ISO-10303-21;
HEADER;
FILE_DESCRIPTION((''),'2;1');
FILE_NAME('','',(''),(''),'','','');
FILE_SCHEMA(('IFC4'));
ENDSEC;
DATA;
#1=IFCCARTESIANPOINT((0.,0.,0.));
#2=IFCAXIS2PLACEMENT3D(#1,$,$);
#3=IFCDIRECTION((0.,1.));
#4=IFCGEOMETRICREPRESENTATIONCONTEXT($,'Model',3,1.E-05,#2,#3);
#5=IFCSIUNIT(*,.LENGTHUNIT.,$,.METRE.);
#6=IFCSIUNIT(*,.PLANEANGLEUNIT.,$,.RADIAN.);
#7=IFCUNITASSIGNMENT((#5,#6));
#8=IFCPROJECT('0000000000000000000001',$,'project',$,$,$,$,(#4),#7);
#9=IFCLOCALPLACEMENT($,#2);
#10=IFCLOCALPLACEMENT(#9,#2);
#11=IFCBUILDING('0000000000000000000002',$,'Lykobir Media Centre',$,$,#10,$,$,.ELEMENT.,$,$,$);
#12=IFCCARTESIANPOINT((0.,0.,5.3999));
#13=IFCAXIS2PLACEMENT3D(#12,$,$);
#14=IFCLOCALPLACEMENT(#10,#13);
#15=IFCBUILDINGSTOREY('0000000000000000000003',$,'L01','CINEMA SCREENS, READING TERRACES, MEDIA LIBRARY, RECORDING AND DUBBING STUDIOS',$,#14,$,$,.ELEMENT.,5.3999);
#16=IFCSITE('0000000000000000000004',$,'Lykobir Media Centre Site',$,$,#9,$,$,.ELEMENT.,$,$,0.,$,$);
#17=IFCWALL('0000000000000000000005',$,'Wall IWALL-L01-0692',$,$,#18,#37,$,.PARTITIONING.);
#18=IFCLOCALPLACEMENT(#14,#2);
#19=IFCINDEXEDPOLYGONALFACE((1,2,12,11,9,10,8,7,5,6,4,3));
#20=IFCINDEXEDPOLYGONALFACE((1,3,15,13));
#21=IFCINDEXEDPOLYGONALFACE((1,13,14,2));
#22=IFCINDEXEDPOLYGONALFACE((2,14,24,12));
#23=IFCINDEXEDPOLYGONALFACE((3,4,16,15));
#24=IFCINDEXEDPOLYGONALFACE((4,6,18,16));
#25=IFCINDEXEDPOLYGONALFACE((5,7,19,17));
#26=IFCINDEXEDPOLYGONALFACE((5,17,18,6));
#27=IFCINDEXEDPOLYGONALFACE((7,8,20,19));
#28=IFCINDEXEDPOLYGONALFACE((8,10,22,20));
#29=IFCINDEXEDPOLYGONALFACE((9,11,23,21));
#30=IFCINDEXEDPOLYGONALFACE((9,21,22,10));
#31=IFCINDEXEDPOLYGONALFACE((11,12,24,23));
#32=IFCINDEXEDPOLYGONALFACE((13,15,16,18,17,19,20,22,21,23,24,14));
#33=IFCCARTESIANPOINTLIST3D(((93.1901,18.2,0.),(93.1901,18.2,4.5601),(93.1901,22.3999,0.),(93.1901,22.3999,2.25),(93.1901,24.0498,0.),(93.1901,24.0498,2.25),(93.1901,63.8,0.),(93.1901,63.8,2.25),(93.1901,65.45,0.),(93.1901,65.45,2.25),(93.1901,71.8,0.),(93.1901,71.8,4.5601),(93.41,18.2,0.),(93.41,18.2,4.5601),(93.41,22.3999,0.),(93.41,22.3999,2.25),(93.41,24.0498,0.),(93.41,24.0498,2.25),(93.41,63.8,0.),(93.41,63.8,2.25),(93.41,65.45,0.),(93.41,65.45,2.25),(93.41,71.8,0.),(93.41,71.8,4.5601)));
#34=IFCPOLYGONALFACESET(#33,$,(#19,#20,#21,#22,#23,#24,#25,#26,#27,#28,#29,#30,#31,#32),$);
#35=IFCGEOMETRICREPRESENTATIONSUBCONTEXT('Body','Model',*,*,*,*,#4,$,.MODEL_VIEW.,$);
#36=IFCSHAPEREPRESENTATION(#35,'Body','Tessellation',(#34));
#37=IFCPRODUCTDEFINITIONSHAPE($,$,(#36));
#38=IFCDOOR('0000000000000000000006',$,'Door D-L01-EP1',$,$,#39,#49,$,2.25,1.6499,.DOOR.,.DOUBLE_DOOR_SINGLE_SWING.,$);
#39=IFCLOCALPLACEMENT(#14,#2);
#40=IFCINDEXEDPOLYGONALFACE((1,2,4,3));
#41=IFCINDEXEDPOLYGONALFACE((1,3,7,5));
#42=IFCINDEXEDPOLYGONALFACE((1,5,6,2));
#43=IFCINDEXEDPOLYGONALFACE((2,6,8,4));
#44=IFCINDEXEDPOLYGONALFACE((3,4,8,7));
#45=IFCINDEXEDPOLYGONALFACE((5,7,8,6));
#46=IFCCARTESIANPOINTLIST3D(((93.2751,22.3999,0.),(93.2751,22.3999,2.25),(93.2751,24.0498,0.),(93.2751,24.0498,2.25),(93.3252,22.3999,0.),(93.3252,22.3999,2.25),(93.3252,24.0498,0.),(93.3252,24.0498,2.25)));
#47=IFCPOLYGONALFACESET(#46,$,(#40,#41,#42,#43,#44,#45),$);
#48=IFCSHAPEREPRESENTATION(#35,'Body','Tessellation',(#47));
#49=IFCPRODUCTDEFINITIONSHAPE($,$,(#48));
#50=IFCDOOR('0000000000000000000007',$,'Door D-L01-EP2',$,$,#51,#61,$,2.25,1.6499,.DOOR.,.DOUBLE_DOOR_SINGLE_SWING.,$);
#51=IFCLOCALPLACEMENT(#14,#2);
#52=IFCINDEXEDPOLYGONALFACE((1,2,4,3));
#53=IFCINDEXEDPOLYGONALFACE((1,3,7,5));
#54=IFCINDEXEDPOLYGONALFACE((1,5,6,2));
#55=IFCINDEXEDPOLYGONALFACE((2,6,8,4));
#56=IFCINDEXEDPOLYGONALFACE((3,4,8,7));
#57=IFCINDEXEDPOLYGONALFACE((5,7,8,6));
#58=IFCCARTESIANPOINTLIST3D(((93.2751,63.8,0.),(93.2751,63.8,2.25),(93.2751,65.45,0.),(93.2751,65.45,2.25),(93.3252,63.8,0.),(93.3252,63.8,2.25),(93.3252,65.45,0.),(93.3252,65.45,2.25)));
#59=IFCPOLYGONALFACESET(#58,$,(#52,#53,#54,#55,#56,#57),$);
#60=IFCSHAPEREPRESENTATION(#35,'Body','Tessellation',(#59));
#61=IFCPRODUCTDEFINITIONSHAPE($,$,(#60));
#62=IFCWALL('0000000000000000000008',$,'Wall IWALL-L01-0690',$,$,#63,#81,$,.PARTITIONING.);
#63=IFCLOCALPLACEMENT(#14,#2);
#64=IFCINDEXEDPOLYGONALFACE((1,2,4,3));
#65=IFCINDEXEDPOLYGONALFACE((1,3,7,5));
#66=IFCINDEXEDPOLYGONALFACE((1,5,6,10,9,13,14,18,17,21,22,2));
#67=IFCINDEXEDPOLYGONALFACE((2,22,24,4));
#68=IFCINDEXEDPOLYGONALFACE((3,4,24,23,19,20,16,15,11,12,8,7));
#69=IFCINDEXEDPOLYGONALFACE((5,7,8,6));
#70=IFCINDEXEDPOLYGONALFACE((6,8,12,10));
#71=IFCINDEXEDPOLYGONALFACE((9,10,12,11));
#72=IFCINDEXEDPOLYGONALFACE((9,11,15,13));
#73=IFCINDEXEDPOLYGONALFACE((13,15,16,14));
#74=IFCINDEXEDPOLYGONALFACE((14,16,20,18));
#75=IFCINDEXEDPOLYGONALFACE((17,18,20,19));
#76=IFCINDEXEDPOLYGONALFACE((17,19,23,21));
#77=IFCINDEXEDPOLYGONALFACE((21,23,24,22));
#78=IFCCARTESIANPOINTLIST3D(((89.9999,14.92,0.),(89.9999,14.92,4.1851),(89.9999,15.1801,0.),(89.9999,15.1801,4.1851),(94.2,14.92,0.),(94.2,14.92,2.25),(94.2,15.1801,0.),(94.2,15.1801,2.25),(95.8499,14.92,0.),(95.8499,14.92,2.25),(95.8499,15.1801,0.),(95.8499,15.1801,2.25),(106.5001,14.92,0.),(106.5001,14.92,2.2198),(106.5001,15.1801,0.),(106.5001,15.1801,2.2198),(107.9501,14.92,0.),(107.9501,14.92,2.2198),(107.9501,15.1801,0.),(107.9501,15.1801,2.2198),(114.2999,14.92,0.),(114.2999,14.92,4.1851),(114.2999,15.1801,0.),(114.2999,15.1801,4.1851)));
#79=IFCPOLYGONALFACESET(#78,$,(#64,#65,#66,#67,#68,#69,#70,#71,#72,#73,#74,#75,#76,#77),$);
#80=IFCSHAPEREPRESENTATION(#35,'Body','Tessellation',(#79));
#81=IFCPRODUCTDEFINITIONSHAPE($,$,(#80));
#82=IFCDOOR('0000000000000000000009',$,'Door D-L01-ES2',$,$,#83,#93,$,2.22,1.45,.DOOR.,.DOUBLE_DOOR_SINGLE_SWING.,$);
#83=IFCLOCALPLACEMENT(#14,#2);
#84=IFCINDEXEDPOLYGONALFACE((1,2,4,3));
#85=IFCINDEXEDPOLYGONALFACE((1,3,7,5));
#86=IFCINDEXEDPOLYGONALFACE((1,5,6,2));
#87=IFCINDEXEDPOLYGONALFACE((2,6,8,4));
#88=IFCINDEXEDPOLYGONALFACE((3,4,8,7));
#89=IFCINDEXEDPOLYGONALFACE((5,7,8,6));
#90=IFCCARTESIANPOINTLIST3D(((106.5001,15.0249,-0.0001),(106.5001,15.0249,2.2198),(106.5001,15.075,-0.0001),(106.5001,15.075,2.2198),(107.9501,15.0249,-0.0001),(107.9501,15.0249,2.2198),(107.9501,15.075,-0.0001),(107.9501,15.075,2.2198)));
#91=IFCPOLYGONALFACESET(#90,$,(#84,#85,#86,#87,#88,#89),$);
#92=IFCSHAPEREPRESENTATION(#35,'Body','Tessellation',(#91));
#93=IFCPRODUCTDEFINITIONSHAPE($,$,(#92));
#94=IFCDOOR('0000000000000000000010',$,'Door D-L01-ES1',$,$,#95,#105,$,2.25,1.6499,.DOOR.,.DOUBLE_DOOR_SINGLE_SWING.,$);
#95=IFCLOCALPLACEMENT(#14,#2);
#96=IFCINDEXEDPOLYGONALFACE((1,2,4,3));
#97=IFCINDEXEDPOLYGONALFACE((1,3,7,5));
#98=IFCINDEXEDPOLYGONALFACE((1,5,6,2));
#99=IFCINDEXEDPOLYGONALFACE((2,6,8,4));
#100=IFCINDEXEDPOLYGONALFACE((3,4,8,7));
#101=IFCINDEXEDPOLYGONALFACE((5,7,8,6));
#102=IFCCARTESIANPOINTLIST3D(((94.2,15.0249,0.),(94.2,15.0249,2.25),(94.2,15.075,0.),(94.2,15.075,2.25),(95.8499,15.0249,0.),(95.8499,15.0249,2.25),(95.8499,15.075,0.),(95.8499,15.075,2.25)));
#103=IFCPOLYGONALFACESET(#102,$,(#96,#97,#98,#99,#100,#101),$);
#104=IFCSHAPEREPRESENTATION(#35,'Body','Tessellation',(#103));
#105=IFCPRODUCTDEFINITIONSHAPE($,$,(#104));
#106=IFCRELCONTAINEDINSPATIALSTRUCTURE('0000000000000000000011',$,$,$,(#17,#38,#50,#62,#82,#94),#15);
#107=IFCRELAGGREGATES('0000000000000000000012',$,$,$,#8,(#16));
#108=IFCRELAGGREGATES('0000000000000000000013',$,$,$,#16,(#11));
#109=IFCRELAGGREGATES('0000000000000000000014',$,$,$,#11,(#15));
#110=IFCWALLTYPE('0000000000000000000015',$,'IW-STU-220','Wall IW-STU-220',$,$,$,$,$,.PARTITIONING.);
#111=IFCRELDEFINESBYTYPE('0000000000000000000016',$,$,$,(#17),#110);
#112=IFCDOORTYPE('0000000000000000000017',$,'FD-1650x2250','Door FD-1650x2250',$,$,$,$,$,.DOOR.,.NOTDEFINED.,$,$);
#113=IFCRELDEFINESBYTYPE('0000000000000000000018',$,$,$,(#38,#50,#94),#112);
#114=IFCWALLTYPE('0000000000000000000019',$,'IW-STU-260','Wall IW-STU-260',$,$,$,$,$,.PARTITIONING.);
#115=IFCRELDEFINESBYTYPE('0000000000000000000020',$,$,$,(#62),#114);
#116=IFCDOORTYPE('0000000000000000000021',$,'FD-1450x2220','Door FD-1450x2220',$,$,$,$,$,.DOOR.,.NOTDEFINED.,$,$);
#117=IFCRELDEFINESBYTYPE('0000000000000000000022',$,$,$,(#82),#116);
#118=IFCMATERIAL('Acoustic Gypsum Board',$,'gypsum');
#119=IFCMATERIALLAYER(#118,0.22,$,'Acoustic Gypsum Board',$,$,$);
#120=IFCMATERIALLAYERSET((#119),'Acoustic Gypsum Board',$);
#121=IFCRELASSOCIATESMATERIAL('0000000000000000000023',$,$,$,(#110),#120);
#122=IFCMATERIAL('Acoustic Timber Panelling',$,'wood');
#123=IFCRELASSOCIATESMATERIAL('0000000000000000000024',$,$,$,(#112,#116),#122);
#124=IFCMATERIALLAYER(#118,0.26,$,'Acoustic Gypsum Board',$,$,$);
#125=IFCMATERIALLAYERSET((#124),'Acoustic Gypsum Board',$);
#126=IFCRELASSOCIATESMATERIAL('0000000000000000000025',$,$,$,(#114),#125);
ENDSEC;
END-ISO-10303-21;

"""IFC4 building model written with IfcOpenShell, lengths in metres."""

from ifc_helpers import new_model, si_unit, direction, frame, frame_2d, origin, place, context, subcontext, project, spatial, rectangle, extrude, material, layer, layer_set, type_object, element, fill, save


model = new_model("IFC4")

# Units and contexts
model_context = context("Model", 3, precision=1e-05, world=origin(), true_north=direction((0.0, 1.0)))
body_context = subcontext(model_context, "Body", "Model", "MODEL_VIEW")
ifc_project = project(units=[si_unit("LENGTHUNIT", "METRE"), si_unit("PLANEANGLEUNIT", "RADIAN")], contexts=[model_context])

# Site, building, storey
site_placement = place(None, origin())
site = spatial("IfcSite", under=ifc_project, at=site_placement, Name="Lykobir Media Centre Site", CompositionType="ELEMENT", RefElevation=0.0)
building_placement = place(site_placement, origin())
building = spatial("IfcBuilding", under=site, at=building_placement, Name="Lykobir Media Centre", CompositionType="ELEMENT")
storey_placement = place(building_placement, frame((0.0, 0.0, 5.3999)))
storey = spatial("IfcBuildingStorey", under=building, at=storey_placement, Name="L01", Description="CINEMA SCREENS, READING TERRACES, MEDIA LIBRARY, RECORDING AND DUBBING STUDIOS", CompositionType="ELEMENT", Elevation=5.3999)

# Walls, openings, doors
ifc_material_1 = material(Name="Acoustic Gypsum Board", Category="gypsum")
ifc_layer_1 = layer(ifc_material_1, 0.22, Name="Acoustic Gypsum Board")
ifc_layer_set_1 = layer_set([ifc_layer_1], Name="Acoustic Gypsum Board")
wall_type_1 = type_object("IfcWallType", Name="IW-STU-220", Description="Wall IW-STU-220", PredefinedType="PARTITIONING", material=ifc_layer_set_1)
wall_1_placement = place(storey_placement, frame((93.3, 18.2, 0.0), z_axis=(0.0, 0.0, 1.0), x_axis=(0.0, 1.0, 0.0)))
wall_1 = element("IfcWall", 1, at=wall_1_placement, inside=storey, type_object=wall_type_1, Name="Wall IWALL-L01-0692", PredefinedType="PARTITIONING", context=body_context, shape_type="SweptSolid", body=[
    extrude(rectangle(XDim=53.6001, YDim=0.22, at=frame_2d((26.8, 0.0))), origin(), (0.0, 0.0, 1.0), 4.5601),
])
opening_1_placement = place(wall_1_placement, frame((4.2, 0.0, 0.0)))
opening_1 = element("IfcOpeningElement", 2, at=opening_1_placement, cuts=wall_1, PredefinedType="OPENING", context=body_context, shape_type="SweptSolid", body=[
    extrude(rectangle(XDim=1.6499, YDim=2.25, at=frame_2d((0.825, 1.125))), frame((0.0, 0.1199, 0.0), z_axis=(0.0, -1.0, 0.0), x_axis=(1.0, 0.0, 0.0)), (0.0, 0.0, 1.0), 0.24),
])
opening_2_placement = place(wall_1_placement, frame((45.6001, 0.0, 0.0)))
opening_2 = element("IfcOpeningElement", 3, at=opening_2_placement, cuts=wall_1, PredefinedType="OPENING", context=body_context, shape_type="SweptSolid", body=[
    extrude(rectangle(XDim=1.6499, YDim=2.25, at=frame_2d((0.825, 1.125))), frame((0.0, 0.1199, 0.0), z_axis=(0.0, -1.0, 0.0), x_axis=(1.0, 0.0, 0.0)), (0.0, 0.0, 1.0), 0.24),
])
ifc_material_2 = material(Name="Acoustic Timber Panelling", Category="wood")
door_type_1 = type_object("IfcDoorType", Name="FD-1650x2250", Description="Door FD-1650x2250", OperationType="NOTDEFINED", PredefinedType="DOOR", material=ifc_material_2)
door_1_placement = place(opening_1_placement, origin())
door_1 = element("IfcDoor", 4, at=door_1_placement, inside=storey, type_object=door_type_1, Name="Door D-L01-EP1", OperationType="DOUBLE_DOOR_SINGLE_SWING", OverallHeight=2.25, OverallWidth=1.6499, PredefinedType="DOOR", context=body_context, shape_type="SweptSolid", body=[
    extrude(rectangle(XDim=1.6499, YDim=2.25, at=frame_2d((0.825, 1.125))), frame((0.0, 0.0249, 0.0), z_axis=(0.0, -1.0, 0.0), x_axis=(1.0, 0.0, 0.0)), (0.0, 0.0, 1.0), 0.05),
])
fill(opening_1, door_1)
door_2_placement = place(opening_2_placement, origin())
door_2 = element("IfcDoor", 5, at=door_2_placement, inside=storey, type_object=door_type_1, Name="Door D-L01-EP2", OperationType="DOUBLE_DOOR_SINGLE_SWING", OverallHeight=2.25, OverallWidth=1.6499, PredefinedType="DOOR", context=body_context, shape_type="SweptSolid", body=[
    extrude(rectangle(XDim=1.6499, YDim=2.25, at=frame_2d((0.825, 1.125))), frame((0.0, 0.0249, 0.0), z_axis=(0.0, -1.0, 0.0), x_axis=(1.0, 0.0, 0.0)), (0.0, 0.0, 1.0), 0.05),
])
fill(opening_2, door_2)
ifc_layer_2 = layer(ifc_material_1, 0.26, Name="Acoustic Gypsum Board")
ifc_layer_set_2 = layer_set([ifc_layer_2], Name="Acoustic Gypsum Board")
wall_type_2 = type_object("IfcWallType", Name="IW-STU-260", Description="Wall IW-STU-260", PredefinedType="PARTITIONING", material=ifc_layer_set_2)
wall_2_placement = place(storey_placement, frame((90.0, 15.05, 0.0), z_axis=(0.0, 0.0, 1.0), x_axis=(1.0, 0.0, 0.0)))
wall_2 = element("IfcWall", 6, at=wall_2_placement, inside=storey, type_object=wall_type_2, Name="Wall IWALL-L01-0690", PredefinedType="PARTITIONING", context=body_context, shape_type="SweptSolid", body=[
    extrude(rectangle(XDim=24.3, YDim=0.26, at=frame_2d((12.1499, 0.0))), origin(), (0.0, 0.0, 1.0), 4.1851),
])
opening_3_placement = place(wall_2_placement, frame((4.2, 0.0, 0.0)))
opening_3 = element("IfcOpeningElement", 7, at=opening_3_placement, cuts=wall_2, PredefinedType="OPENING", context=body_context, shape_type="SweptSolid", body=[
    extrude(rectangle(XDim=1.6499, YDim=2.25, at=frame_2d((0.825, 1.125))), frame((0.0, 0.1399, 0.0), z_axis=(0.0, -1.0, 0.0), x_axis=(1.0, 0.0, 0.0)), (0.0, 0.0, 1.0), 0.28),
])
opening_4_placement = place(wall_2_placement, frame((16.5, 0.0, 0.0)))
opening_4 = element("IfcOpeningElement", 8, at=opening_4_placement, cuts=wall_2, PredefinedType="OPENING", context=body_context, shape_type="SweptSolid", body=[
    extrude(rectangle(XDim=1.45, YDim=2.22, at=frame_2d((0.7251, 1.1099))), frame((0.0, 0.1399, 0.0), z_axis=(0.0, -1.0, 0.0), x_axis=(1.0, 0.0, 0.0)), (0.0, 0.0, 1.0), 0.28),
])
door_type_2 = type_object("IfcDoorType", Name="FD-1450x2220", Description="Door FD-1450x2220", OperationType="NOTDEFINED", PredefinedType="DOOR", material=ifc_material_2)
door_3_placement = place(opening_4_placement, origin())
door_3 = element("IfcDoor", 9, at=door_3_placement, inside=storey, type_object=door_type_2, Name="Door D-L01-ES2", OperationType="DOUBLE_DOOR_SINGLE_SWING", OverallHeight=2.22, OverallWidth=1.45, PredefinedType="DOOR", context=body_context, shape_type="SweptSolid", body=[
    extrude(rectangle(XDim=1.45, YDim=2.22, at=frame_2d((0.7251, 1.1099))), frame((0.0, 0.0249, 0.0), z_axis=(0.0, -1.0, 0.0), x_axis=(1.0, 0.0, 0.0)), (0.0, 0.0, 1.0), 0.05),
])
fill(opening_4, door_3)
door_4_placement = place(opening_3_placement, origin())
door_4 = element("IfcDoor", 10, at=door_4_placement, inside=storey, type_object=door_type_1, Name="Door D-L01-ES1", OperationType="DOUBLE_DOOR_SINGLE_SWING", OverallHeight=2.25, OverallWidth=1.6499, PredefinedType="DOOR", context=body_context, shape_type="SweptSolid", body=[
    extrude(rectangle(XDim=1.6499, YDim=2.25, at=frame_2d((0.825, 1.125))), frame((0.0, 0.0249, 0.0), z_axis=(0.0, -1.0, 0.0), x_axis=(1.0, 0.0, 0.0)), (0.0, 0.0, 1.0), 0.05),
])
fill(opening_3, door_4)

save(model, "model.ifc")
